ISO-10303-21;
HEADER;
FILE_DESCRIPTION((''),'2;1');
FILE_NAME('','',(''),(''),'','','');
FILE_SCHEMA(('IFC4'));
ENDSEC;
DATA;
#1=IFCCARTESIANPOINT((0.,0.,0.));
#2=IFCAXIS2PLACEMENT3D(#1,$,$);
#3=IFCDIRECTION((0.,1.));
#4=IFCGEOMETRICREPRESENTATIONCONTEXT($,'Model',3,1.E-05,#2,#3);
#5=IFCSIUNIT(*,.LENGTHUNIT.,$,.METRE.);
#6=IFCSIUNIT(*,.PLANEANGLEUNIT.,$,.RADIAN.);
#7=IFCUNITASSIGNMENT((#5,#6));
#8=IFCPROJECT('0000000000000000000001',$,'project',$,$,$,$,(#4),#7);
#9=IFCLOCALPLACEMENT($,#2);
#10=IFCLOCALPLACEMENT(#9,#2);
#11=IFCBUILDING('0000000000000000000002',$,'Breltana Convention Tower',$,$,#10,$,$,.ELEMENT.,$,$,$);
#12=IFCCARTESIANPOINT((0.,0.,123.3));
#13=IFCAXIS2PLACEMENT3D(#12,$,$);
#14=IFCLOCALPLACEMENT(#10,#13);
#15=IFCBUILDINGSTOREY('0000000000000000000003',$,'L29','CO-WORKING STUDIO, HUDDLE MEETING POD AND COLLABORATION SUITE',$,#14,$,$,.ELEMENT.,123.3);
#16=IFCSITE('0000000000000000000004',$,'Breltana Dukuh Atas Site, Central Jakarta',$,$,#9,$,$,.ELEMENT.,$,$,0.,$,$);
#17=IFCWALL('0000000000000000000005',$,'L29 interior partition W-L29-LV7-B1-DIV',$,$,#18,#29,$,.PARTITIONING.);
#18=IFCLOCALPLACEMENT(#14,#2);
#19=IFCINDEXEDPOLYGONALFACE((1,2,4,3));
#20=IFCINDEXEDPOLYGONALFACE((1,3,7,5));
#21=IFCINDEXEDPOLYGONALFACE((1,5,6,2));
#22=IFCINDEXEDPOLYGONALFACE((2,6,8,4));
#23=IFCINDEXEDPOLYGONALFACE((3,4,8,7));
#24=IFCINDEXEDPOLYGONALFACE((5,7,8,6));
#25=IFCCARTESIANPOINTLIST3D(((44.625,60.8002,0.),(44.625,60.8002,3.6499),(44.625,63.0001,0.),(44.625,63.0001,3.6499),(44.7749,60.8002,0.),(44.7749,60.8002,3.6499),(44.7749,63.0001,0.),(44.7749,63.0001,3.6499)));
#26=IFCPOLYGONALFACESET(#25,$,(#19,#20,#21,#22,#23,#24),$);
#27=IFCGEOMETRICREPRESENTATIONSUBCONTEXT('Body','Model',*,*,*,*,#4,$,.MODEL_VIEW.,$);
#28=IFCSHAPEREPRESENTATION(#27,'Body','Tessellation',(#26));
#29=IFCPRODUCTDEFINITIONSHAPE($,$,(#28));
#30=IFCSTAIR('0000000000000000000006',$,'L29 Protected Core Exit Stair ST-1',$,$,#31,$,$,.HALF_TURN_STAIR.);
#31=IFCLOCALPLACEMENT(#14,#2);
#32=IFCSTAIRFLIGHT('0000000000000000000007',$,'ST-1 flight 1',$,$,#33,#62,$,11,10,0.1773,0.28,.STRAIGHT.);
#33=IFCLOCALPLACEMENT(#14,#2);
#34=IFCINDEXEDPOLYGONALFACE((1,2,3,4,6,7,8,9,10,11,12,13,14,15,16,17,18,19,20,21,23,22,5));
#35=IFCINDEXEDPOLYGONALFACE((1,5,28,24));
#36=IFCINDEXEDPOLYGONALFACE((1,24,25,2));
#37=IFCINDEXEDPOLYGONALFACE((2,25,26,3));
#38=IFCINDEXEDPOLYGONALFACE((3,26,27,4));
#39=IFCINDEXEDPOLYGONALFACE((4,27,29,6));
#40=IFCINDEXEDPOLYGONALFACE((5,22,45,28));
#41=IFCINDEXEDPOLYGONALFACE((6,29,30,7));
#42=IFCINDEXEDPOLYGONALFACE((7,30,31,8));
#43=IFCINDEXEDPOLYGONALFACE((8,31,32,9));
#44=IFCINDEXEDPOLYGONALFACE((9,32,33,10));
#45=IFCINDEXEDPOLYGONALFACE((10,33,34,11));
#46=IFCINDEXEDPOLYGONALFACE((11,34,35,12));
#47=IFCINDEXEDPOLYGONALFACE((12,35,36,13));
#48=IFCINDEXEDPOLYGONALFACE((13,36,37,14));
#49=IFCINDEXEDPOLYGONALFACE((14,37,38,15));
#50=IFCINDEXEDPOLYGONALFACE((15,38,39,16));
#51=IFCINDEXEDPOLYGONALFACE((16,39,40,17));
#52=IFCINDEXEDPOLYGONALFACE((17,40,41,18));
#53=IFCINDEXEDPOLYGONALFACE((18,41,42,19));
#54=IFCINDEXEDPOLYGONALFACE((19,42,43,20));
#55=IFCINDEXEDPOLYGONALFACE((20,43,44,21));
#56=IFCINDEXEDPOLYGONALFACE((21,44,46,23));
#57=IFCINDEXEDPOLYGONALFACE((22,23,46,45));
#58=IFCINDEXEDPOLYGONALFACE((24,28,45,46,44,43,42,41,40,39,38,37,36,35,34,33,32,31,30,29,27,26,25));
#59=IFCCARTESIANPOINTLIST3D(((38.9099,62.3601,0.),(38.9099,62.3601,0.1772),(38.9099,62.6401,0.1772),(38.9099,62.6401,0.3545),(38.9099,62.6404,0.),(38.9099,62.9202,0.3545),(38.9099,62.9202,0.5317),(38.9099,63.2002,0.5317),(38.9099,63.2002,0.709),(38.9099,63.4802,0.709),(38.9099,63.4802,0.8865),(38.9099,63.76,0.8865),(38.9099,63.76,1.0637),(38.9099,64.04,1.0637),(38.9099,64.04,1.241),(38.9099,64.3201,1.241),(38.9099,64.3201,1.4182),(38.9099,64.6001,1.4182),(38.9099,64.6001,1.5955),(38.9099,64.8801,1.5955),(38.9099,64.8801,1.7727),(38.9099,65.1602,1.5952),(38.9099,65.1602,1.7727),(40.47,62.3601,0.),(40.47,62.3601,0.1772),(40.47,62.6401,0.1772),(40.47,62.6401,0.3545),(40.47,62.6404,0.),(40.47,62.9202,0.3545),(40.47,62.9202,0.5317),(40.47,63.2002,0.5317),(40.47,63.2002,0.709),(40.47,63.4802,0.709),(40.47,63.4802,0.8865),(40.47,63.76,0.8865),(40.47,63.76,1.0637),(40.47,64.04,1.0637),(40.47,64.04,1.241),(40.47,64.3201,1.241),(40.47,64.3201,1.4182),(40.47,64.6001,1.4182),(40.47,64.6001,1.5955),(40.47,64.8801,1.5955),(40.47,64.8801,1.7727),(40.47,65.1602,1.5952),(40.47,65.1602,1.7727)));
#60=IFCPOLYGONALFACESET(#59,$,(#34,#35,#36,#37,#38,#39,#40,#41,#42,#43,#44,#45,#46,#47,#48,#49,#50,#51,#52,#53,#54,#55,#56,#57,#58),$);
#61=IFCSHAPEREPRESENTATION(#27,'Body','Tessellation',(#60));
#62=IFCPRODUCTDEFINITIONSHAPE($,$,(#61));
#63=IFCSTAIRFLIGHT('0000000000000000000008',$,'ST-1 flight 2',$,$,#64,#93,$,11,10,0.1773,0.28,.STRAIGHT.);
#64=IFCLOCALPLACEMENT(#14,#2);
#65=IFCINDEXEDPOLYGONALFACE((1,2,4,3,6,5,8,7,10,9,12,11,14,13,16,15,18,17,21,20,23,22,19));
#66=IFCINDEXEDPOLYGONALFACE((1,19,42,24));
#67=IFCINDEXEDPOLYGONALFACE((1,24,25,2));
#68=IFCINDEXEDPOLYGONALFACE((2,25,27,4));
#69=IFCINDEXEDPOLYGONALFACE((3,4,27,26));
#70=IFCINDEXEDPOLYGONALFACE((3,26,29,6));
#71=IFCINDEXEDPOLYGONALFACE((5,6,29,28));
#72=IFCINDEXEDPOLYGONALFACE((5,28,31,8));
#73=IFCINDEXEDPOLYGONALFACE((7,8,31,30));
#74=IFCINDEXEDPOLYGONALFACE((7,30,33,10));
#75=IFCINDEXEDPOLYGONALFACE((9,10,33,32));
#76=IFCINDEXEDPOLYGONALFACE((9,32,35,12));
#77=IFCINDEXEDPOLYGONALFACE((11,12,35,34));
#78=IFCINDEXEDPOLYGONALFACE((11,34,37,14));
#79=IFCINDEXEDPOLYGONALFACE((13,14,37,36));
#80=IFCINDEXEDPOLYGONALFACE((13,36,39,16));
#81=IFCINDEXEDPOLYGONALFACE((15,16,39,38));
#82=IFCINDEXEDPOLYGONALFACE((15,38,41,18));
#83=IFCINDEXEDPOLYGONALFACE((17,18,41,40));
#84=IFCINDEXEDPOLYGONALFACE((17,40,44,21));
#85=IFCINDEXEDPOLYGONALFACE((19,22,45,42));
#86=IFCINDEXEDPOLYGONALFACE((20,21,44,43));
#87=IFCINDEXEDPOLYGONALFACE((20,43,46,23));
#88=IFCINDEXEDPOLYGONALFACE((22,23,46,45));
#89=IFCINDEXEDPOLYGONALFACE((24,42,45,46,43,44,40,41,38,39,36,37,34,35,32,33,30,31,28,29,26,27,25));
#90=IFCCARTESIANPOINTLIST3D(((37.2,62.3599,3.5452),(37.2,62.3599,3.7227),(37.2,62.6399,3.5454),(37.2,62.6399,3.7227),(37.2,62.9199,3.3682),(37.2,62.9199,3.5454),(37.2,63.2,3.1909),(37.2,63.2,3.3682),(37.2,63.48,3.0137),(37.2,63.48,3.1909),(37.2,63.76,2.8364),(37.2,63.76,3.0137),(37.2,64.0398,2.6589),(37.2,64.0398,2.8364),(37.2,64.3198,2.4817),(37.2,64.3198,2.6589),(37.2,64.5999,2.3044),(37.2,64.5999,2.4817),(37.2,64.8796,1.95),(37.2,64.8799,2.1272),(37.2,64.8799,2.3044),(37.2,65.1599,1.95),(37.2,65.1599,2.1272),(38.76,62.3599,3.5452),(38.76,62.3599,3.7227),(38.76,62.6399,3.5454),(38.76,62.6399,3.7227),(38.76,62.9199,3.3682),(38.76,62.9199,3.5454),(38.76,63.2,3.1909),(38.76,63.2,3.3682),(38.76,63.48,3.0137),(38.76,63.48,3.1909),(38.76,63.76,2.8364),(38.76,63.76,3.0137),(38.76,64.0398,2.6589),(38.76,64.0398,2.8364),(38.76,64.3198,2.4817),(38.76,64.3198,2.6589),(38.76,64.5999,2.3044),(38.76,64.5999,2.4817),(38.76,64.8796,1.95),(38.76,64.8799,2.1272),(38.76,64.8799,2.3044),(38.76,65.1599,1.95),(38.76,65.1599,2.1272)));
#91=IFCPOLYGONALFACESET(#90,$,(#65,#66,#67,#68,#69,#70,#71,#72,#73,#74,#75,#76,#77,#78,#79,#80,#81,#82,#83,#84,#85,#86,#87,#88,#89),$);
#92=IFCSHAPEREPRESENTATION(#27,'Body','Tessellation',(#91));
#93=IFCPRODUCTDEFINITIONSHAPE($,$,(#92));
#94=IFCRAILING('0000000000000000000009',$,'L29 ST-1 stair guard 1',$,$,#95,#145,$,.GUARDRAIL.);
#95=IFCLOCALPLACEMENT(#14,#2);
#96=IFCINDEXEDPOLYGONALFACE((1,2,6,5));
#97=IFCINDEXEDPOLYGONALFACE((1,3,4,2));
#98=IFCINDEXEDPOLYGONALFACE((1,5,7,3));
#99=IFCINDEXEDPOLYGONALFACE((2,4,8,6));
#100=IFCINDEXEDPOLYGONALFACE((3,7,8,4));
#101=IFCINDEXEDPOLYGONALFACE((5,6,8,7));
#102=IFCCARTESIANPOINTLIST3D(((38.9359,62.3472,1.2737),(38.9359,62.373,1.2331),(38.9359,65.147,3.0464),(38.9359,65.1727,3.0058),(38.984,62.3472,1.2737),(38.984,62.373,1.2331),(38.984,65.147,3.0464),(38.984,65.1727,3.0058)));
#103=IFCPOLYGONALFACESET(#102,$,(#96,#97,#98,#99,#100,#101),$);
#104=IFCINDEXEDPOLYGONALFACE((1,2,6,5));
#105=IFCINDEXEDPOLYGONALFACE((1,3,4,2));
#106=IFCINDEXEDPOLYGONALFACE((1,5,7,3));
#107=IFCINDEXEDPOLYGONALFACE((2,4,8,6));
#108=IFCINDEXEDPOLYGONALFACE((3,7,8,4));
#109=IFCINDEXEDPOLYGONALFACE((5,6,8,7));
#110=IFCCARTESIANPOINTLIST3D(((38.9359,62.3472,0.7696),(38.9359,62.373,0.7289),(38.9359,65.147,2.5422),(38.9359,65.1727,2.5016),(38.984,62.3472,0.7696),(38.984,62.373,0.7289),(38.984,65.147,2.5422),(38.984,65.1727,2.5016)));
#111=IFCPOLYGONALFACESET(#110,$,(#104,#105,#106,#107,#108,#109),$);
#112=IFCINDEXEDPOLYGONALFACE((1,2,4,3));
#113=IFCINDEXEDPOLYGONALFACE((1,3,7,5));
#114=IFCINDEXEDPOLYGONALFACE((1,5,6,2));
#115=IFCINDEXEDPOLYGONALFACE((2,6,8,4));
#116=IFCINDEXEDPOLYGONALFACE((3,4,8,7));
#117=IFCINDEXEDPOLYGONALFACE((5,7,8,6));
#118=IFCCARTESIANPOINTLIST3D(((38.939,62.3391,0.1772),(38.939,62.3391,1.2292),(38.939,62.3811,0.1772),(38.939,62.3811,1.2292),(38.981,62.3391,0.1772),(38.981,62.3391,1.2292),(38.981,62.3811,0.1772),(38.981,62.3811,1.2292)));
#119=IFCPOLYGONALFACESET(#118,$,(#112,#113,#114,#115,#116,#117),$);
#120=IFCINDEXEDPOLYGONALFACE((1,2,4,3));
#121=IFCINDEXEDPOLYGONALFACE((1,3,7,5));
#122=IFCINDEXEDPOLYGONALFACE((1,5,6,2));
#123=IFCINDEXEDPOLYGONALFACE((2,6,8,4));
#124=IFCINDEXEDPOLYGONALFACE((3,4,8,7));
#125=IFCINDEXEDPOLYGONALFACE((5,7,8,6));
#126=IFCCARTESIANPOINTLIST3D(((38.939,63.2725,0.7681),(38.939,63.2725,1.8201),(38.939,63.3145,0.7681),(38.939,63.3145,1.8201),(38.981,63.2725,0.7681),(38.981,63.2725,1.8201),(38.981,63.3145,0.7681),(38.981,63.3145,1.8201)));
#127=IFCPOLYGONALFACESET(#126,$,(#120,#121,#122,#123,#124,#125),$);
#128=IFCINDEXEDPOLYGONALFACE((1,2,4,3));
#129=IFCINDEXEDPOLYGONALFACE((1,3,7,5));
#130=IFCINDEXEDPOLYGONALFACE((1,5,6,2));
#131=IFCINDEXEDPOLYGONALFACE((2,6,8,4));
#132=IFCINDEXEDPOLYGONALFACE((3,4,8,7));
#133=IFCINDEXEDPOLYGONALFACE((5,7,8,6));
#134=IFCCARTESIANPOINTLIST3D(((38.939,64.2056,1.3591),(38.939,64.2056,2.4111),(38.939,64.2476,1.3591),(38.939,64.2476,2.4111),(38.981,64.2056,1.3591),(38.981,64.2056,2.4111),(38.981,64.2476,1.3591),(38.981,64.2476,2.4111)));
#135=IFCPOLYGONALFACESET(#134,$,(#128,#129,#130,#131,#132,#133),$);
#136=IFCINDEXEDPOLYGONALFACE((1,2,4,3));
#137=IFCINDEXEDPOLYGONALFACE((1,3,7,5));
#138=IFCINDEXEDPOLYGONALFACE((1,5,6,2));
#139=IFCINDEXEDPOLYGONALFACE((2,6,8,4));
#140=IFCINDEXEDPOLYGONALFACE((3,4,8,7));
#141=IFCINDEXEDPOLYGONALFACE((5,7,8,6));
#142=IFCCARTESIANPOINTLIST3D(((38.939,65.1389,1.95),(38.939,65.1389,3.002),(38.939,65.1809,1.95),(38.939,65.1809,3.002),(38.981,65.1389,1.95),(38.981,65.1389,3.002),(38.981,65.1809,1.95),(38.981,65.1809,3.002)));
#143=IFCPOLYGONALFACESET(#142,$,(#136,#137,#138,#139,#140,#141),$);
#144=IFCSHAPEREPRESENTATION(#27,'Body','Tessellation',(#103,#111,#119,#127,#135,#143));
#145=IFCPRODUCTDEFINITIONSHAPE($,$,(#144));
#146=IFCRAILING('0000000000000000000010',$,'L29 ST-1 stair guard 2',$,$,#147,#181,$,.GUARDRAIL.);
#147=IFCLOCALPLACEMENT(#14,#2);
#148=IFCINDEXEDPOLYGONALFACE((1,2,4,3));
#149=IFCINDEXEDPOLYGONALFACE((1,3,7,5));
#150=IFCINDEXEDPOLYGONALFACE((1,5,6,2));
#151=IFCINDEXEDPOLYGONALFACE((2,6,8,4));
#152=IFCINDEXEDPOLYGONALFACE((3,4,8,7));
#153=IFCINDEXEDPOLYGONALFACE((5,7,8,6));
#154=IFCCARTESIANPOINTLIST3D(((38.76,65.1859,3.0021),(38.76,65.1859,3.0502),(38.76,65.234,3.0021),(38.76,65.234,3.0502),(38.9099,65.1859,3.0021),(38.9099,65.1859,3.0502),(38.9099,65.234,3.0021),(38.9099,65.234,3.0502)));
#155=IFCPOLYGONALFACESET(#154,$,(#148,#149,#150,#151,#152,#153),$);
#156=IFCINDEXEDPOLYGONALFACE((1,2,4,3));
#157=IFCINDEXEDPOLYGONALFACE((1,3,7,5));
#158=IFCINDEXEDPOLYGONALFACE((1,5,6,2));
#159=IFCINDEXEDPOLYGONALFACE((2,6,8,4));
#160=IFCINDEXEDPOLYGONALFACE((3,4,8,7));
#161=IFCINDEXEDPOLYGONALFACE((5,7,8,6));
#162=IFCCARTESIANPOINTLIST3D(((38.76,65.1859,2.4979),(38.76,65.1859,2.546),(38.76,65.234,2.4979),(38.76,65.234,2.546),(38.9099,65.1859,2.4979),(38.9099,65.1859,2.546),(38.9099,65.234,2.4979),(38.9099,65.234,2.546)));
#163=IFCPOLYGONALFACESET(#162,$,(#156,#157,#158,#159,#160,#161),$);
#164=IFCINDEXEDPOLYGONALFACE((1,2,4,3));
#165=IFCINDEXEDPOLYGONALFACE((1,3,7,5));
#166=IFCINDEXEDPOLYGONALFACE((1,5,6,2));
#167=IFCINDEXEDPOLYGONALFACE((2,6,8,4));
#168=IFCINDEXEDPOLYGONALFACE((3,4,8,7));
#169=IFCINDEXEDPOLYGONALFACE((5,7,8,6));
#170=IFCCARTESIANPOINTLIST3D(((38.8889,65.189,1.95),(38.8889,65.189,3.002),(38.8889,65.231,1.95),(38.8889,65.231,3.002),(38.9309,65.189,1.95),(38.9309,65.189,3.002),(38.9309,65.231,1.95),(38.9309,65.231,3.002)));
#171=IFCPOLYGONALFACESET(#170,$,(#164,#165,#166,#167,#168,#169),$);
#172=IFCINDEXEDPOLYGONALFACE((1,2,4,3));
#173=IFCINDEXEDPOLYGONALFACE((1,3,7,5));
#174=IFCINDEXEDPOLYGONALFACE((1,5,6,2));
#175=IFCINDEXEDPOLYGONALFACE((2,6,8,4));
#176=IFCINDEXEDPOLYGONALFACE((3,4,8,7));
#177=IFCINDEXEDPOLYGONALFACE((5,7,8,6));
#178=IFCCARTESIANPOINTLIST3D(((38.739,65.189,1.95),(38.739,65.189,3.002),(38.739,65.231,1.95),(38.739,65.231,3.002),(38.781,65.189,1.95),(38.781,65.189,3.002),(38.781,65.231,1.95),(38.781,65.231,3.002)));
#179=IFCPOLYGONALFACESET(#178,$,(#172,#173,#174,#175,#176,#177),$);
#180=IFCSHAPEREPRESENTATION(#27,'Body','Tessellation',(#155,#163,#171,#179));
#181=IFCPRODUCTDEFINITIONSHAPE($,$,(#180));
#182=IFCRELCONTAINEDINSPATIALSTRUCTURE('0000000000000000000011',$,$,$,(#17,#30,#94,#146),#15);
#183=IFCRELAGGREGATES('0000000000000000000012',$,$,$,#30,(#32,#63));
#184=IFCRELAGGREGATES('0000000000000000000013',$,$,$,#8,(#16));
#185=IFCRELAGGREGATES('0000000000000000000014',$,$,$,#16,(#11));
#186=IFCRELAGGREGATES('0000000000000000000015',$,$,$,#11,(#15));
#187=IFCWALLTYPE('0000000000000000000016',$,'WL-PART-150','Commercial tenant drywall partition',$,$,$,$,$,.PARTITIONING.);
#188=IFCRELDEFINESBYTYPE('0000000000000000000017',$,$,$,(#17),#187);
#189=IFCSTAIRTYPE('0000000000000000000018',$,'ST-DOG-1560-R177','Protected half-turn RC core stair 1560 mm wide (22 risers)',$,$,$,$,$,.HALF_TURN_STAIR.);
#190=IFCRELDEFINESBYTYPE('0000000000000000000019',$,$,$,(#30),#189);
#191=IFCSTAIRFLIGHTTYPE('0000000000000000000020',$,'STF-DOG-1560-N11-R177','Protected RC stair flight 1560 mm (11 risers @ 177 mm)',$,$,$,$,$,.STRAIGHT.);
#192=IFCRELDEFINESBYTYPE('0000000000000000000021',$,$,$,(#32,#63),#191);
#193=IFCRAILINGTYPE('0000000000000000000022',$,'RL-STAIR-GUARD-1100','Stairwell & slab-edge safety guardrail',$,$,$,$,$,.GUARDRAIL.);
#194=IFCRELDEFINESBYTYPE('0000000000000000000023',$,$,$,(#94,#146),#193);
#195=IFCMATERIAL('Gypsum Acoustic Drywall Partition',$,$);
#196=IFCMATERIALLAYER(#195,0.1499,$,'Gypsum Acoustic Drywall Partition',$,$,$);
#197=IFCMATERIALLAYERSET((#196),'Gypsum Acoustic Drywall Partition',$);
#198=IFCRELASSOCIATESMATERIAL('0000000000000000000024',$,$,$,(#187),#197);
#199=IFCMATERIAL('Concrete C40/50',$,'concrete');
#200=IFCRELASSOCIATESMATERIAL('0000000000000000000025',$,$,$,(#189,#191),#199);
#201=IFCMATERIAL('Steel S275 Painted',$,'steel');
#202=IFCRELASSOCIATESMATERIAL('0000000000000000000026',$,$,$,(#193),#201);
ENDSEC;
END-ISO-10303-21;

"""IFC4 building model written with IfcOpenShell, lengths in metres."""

from ifc_helpers import new_model, si_unit, direction, frame, frame_2d, origin, origin_2d, place, context, subcontext, project, spatial, polyline, rectangle, outline, extrude, source, transform, mapped, material, layer, layer_set, type_object, element, aggregate, save


model = new_model("IFC4")

# Units and contexts
model_context = context("Model", 3, precision=1e-05, world=origin(), true_north=direction((0.0, 1.0)))
body_context = subcontext(model_context, "Body", "Model", "MODEL_VIEW")
ifc_project = project(units=[si_unit("LENGTHUNIT", "METRE"), si_unit("PLANEANGLEUNIT", "RADIAN")], contexts=[model_context])

# Site, building, storey
site_placement = place(None, origin())
site = spatial("IfcSite", under=ifc_project, at=site_placement, Name="Breltana Dukuh Atas Site, Central Jakarta", CompositionType="ELEMENT", RefElevation=0.0)
building_placement = place(site_placement, origin())
building = spatial("IfcBuilding", under=site, at=building_placement, Name="Breltana Convention Tower", CompositionType="ELEMENT")
storey_placement = place(building_placement, frame((0.0, 0.0, 123.3)))
storey = spatial("IfcBuildingStorey", under=building, at=storey_placement, Name="L29", Description="CO-WORKING STUDIO, HUDDLE MEETING POD AND COLLABORATION SUITE", CompositionType="ELEMENT", Elevation=123.3)

# Wall
ifc_material_1 = material(Name="Gypsum Acoustic Drywall Partition")
ifc_layer_1 = layer(ifc_material_1, 0.1499, Name="Gypsum Acoustic Drywall Partition")
ifc_layer_set_1 = layer_set([ifc_layer_1], Name="Gypsum Acoustic Drywall Partition")
wall_type_1 = type_object("IfcWallType", Name="WL-PART-150", Description="Commercial tenant drywall partition", PredefinedType="PARTITIONING", material=ifc_layer_set_1)
shared_shape_1 = source(origin(), body_context, "Body", "SweptSolid", [
    extrude(rectangle(XDim=2.2, YDim=0.1499, at=frame_2d((1.1001, 0.0))), origin(), (0.0, 0.0, 1.0), 3.6499),
])
wall_1_placement = place(storey_placement, frame((44.7, 60.8, 0.0), z_axis=(0.0, 0.0, 1.0), x_axis=(0.0, 1.0, 0.0)))
element("IfcWall", 1, at=wall_1_placement, inside=storey, type_object=wall_type_1, Name="L29 interior partition W-L29-LV7-B1-DIV", PredefinedType="PARTITIONING", context=body_context, shape_type="MappedRepresentation", body=[
    mapped(shared_shape_1, transform((0.0, 0.0, 0.0), scale=1.0)),
])

# Stair, stair flights
ifc_material_2 = material(Name="Concrete C40/50", Category="concrete")
stair_type = type_object("IfcStairType", Name="ST-DOG-1560-R177", Description="Protected half-turn RC core stair 1560 mm wide (22 risers)", PredefinedType="HALF_TURN_STAIR", material=ifc_material_2)
stair_placement = place(storey_placement, origin())
stair = element("IfcStair", 2, at=stair_placement, inside=storey, type_object=stair_type, Name="L29 Protected Core Exit Stair ST-1", PredefinedType="HALF_TURN_STAIR")
stair_flight_type = type_object("IfcStairFlightType", Name="STF-DOG-1560-N11-R177", Description="Protected RC stair flight 1560 mm (11 risers @ 177 mm)", PredefinedType="STRAIGHT", material=ifc_material_2)
stair_flight_1_placement = place(storey_placement, frame((39.6899, 62.3601, 0.0), z_axis=(0.0, 0.0, 1.0), x_axis=(0.0, 1.0, 0.0)))
stair_flight_1 = element("IfcStairFlight", 3, at=stair_flight_1_placement, type_object=stair_flight_type, Name="ST-1 flight 1", NumberOfRisers=11, NumberOfTreads=10, PredefinedType="STRAIGHT", RiserHeight=0.1773, TreadLength=0.28, context=body_context, shape_type="SweptSolid", body=[
    extrude(outline(polyline([(0.0, 0.0), (0.0, 0.1772), (0.28, 0.1772), (0.28, 0.3545), (0.5601, 0.3545), (0.5601, 0.5317), (0.8401, 0.5317), (0.8401, 0.709), (1.1201, 0.709), (1.1201, 0.8865), (1.3999, 0.8865), (1.3999, 1.0637), (1.6799, 1.0637), (1.6799, 1.241), (1.96, 1.241), (1.96, 1.4182), (2.24, 1.4182), (2.24, 1.5955), (2.52, 1.5955), (2.52, 1.7727), (2.8, 1.7727), (2.8, 1.95), (2.8, 1.5952), (0.2803, 0.0), (0.0, 0.0)])), frame((0.0, 0.78, 0.0), z_axis=(0.0, -1.0, 0.0), x_axis=(1.0, 0.0, 0.0)), (0.0, 0.0, 1.0), 1.5601),
])
stair_flight_2_placement = place(storey_placement, frame((37.98, 65.1599, 1.95), z_axis=(0.0, 0.0, 1.0), x_axis=(0.0, -1.0, 0.0)))
stair_flight_2 = element("IfcStairFlight", 4, at=stair_flight_2_placement, type_object=stair_flight_type, Name="ST-1 flight 2", NumberOfRisers=11, NumberOfTreads=10, PredefinedType="STRAIGHT", RiserHeight=0.1773, TreadLength=0.28, context=body_context, shape_type="SweptSolid", body=[
    extrude(outline(polyline([(0.0, 0.0), (0.0, 0.1772), (0.28, 0.1772), (0.28, 0.3545), (0.5601, 0.3545), (0.5601, 0.5317), (0.8401, 0.5317), (0.8401, 0.709), (1.1201, 0.709), (1.1201, 0.8865), (1.3999, 0.8865), (1.3999, 1.0637), (1.6799, 1.0637), (1.6799, 1.241), (1.96, 1.241), (1.96, 1.4182), (2.24, 1.4182), (2.24, 1.5955), (2.52, 1.5955), (2.52, 1.7727), (2.8, 1.7727), (2.8, 1.95), (2.8, 1.5952), (0.2803, 0.0), (0.0, 0.0)])), frame((0.0, 0.78, 0.0), z_axis=(0.0, -1.0, 0.0), x_axis=(1.0, 0.0, 0.0)), (0.0, 0.0, 1.0), 1.5601),
])
aggregate(stair, [stair_flight_1, stair_flight_2])

# Railings
ifc_material_3 = material(Name="Steel S275 Painted", Category="steel")
railing_type_1 = type_object("IfcRailingType", Name="RL-STAIR-GUARD-1100", Description="Stairwell & slab-edge safety guardrail", PredefinedType="GUARDRAIL", material=ifc_material_3)
railing_1_placement = place(storey_placement, frame((38.96, 62.3601, 0.1772)))
element("IfcRailing", 5, at=railing_1_placement, inside=storey, type_object=railing_type_1, Name="L29 ST-1 stair guard 1", PredefinedType="GUARDRAIL", context=body_context, shape_type="SweptSolid", body=[
    extrude(rectangle(XDim=0.0481, YDim=0.0481, at=origin_2d()), frame((0.0, 0.0, 1.0762), z_axis=(0.0, 0.844888, 0.534943), x_axis=(-1.0, 0.0, 0.0)), (0.0, 0.0, 1.0), 3.3137),
    extrude(rectangle(XDim=0.0481, YDim=0.0481, at=origin_2d()), frame((0.0, 0.0, 0.572), z_axis=(0.0, 0.844888, 0.534943), x_axis=(-1.0, 0.0, 0.0)), (0.0, 0.0, 1.0), 3.3137),
    extrude(rectangle(XDim=0.042, YDim=0.042, at=origin_2d()), origin(), (0.0, 0.0, 1.0), 1.052),
    extrude(rectangle(XDim=0.042, YDim=0.042, at=origin_2d()), frame((0.0, 0.9333, 0.5908)), (0.0, 0.0, 1.0), 1.052),
    extrude(rectangle(XDim=0.042, YDim=0.042, at=origin_2d()), frame((0.0, 1.8665, 1.1819)), (0.0, 0.0, 1.0), 1.052),
    extrude(rectangle(XDim=0.042, YDim=0.042, at=origin_2d()), frame((0.0, 2.7998, 1.7727)), (0.0, 0.0, 1.0), 1.052),
])
railing_2_placement = place(storey_placement, frame((38.9099, 65.21, 1.95)))
element("IfcRailing", 6, at=railing_2_placement, inside=storey, type_object=railing_type_1, Name="L29 ST-1 stair guard 2", PredefinedType="GUARDRAIL", context=body_context, shape_type="SweptSolid", body=[
    extrude(rectangle(XDim=0.0481, YDim=0.0481, at=origin_2d()), frame((0.0, 0.0, 1.0762), z_axis=(-1.0, 0.0, 0.0), x_axis=(0.0, -1.0, 0.0)), (0.0, 0.0, 1.0), 0.1499),
    extrude(rectangle(XDim=0.0481, YDim=0.0481, at=origin_2d()), frame((0.0, 0.0, 0.572), z_axis=(-1.0, 0.0, 0.0), x_axis=(0.0, -1.0, 0.0)), (0.0, 0.0, 1.0), 0.1499),
    extrude(rectangle(XDim=0.042, YDim=0.042, at=origin_2d()), origin(), (0.0, 0.0, 1.0), 1.052),
    extrude(rectangle(XDim=0.042, YDim=0.042, at=origin_2d()), frame((-0.1499, 0.0, 0.0)), (0.0, 0.0, 1.0), 1.052),
])

save(model, "model.ifc")
